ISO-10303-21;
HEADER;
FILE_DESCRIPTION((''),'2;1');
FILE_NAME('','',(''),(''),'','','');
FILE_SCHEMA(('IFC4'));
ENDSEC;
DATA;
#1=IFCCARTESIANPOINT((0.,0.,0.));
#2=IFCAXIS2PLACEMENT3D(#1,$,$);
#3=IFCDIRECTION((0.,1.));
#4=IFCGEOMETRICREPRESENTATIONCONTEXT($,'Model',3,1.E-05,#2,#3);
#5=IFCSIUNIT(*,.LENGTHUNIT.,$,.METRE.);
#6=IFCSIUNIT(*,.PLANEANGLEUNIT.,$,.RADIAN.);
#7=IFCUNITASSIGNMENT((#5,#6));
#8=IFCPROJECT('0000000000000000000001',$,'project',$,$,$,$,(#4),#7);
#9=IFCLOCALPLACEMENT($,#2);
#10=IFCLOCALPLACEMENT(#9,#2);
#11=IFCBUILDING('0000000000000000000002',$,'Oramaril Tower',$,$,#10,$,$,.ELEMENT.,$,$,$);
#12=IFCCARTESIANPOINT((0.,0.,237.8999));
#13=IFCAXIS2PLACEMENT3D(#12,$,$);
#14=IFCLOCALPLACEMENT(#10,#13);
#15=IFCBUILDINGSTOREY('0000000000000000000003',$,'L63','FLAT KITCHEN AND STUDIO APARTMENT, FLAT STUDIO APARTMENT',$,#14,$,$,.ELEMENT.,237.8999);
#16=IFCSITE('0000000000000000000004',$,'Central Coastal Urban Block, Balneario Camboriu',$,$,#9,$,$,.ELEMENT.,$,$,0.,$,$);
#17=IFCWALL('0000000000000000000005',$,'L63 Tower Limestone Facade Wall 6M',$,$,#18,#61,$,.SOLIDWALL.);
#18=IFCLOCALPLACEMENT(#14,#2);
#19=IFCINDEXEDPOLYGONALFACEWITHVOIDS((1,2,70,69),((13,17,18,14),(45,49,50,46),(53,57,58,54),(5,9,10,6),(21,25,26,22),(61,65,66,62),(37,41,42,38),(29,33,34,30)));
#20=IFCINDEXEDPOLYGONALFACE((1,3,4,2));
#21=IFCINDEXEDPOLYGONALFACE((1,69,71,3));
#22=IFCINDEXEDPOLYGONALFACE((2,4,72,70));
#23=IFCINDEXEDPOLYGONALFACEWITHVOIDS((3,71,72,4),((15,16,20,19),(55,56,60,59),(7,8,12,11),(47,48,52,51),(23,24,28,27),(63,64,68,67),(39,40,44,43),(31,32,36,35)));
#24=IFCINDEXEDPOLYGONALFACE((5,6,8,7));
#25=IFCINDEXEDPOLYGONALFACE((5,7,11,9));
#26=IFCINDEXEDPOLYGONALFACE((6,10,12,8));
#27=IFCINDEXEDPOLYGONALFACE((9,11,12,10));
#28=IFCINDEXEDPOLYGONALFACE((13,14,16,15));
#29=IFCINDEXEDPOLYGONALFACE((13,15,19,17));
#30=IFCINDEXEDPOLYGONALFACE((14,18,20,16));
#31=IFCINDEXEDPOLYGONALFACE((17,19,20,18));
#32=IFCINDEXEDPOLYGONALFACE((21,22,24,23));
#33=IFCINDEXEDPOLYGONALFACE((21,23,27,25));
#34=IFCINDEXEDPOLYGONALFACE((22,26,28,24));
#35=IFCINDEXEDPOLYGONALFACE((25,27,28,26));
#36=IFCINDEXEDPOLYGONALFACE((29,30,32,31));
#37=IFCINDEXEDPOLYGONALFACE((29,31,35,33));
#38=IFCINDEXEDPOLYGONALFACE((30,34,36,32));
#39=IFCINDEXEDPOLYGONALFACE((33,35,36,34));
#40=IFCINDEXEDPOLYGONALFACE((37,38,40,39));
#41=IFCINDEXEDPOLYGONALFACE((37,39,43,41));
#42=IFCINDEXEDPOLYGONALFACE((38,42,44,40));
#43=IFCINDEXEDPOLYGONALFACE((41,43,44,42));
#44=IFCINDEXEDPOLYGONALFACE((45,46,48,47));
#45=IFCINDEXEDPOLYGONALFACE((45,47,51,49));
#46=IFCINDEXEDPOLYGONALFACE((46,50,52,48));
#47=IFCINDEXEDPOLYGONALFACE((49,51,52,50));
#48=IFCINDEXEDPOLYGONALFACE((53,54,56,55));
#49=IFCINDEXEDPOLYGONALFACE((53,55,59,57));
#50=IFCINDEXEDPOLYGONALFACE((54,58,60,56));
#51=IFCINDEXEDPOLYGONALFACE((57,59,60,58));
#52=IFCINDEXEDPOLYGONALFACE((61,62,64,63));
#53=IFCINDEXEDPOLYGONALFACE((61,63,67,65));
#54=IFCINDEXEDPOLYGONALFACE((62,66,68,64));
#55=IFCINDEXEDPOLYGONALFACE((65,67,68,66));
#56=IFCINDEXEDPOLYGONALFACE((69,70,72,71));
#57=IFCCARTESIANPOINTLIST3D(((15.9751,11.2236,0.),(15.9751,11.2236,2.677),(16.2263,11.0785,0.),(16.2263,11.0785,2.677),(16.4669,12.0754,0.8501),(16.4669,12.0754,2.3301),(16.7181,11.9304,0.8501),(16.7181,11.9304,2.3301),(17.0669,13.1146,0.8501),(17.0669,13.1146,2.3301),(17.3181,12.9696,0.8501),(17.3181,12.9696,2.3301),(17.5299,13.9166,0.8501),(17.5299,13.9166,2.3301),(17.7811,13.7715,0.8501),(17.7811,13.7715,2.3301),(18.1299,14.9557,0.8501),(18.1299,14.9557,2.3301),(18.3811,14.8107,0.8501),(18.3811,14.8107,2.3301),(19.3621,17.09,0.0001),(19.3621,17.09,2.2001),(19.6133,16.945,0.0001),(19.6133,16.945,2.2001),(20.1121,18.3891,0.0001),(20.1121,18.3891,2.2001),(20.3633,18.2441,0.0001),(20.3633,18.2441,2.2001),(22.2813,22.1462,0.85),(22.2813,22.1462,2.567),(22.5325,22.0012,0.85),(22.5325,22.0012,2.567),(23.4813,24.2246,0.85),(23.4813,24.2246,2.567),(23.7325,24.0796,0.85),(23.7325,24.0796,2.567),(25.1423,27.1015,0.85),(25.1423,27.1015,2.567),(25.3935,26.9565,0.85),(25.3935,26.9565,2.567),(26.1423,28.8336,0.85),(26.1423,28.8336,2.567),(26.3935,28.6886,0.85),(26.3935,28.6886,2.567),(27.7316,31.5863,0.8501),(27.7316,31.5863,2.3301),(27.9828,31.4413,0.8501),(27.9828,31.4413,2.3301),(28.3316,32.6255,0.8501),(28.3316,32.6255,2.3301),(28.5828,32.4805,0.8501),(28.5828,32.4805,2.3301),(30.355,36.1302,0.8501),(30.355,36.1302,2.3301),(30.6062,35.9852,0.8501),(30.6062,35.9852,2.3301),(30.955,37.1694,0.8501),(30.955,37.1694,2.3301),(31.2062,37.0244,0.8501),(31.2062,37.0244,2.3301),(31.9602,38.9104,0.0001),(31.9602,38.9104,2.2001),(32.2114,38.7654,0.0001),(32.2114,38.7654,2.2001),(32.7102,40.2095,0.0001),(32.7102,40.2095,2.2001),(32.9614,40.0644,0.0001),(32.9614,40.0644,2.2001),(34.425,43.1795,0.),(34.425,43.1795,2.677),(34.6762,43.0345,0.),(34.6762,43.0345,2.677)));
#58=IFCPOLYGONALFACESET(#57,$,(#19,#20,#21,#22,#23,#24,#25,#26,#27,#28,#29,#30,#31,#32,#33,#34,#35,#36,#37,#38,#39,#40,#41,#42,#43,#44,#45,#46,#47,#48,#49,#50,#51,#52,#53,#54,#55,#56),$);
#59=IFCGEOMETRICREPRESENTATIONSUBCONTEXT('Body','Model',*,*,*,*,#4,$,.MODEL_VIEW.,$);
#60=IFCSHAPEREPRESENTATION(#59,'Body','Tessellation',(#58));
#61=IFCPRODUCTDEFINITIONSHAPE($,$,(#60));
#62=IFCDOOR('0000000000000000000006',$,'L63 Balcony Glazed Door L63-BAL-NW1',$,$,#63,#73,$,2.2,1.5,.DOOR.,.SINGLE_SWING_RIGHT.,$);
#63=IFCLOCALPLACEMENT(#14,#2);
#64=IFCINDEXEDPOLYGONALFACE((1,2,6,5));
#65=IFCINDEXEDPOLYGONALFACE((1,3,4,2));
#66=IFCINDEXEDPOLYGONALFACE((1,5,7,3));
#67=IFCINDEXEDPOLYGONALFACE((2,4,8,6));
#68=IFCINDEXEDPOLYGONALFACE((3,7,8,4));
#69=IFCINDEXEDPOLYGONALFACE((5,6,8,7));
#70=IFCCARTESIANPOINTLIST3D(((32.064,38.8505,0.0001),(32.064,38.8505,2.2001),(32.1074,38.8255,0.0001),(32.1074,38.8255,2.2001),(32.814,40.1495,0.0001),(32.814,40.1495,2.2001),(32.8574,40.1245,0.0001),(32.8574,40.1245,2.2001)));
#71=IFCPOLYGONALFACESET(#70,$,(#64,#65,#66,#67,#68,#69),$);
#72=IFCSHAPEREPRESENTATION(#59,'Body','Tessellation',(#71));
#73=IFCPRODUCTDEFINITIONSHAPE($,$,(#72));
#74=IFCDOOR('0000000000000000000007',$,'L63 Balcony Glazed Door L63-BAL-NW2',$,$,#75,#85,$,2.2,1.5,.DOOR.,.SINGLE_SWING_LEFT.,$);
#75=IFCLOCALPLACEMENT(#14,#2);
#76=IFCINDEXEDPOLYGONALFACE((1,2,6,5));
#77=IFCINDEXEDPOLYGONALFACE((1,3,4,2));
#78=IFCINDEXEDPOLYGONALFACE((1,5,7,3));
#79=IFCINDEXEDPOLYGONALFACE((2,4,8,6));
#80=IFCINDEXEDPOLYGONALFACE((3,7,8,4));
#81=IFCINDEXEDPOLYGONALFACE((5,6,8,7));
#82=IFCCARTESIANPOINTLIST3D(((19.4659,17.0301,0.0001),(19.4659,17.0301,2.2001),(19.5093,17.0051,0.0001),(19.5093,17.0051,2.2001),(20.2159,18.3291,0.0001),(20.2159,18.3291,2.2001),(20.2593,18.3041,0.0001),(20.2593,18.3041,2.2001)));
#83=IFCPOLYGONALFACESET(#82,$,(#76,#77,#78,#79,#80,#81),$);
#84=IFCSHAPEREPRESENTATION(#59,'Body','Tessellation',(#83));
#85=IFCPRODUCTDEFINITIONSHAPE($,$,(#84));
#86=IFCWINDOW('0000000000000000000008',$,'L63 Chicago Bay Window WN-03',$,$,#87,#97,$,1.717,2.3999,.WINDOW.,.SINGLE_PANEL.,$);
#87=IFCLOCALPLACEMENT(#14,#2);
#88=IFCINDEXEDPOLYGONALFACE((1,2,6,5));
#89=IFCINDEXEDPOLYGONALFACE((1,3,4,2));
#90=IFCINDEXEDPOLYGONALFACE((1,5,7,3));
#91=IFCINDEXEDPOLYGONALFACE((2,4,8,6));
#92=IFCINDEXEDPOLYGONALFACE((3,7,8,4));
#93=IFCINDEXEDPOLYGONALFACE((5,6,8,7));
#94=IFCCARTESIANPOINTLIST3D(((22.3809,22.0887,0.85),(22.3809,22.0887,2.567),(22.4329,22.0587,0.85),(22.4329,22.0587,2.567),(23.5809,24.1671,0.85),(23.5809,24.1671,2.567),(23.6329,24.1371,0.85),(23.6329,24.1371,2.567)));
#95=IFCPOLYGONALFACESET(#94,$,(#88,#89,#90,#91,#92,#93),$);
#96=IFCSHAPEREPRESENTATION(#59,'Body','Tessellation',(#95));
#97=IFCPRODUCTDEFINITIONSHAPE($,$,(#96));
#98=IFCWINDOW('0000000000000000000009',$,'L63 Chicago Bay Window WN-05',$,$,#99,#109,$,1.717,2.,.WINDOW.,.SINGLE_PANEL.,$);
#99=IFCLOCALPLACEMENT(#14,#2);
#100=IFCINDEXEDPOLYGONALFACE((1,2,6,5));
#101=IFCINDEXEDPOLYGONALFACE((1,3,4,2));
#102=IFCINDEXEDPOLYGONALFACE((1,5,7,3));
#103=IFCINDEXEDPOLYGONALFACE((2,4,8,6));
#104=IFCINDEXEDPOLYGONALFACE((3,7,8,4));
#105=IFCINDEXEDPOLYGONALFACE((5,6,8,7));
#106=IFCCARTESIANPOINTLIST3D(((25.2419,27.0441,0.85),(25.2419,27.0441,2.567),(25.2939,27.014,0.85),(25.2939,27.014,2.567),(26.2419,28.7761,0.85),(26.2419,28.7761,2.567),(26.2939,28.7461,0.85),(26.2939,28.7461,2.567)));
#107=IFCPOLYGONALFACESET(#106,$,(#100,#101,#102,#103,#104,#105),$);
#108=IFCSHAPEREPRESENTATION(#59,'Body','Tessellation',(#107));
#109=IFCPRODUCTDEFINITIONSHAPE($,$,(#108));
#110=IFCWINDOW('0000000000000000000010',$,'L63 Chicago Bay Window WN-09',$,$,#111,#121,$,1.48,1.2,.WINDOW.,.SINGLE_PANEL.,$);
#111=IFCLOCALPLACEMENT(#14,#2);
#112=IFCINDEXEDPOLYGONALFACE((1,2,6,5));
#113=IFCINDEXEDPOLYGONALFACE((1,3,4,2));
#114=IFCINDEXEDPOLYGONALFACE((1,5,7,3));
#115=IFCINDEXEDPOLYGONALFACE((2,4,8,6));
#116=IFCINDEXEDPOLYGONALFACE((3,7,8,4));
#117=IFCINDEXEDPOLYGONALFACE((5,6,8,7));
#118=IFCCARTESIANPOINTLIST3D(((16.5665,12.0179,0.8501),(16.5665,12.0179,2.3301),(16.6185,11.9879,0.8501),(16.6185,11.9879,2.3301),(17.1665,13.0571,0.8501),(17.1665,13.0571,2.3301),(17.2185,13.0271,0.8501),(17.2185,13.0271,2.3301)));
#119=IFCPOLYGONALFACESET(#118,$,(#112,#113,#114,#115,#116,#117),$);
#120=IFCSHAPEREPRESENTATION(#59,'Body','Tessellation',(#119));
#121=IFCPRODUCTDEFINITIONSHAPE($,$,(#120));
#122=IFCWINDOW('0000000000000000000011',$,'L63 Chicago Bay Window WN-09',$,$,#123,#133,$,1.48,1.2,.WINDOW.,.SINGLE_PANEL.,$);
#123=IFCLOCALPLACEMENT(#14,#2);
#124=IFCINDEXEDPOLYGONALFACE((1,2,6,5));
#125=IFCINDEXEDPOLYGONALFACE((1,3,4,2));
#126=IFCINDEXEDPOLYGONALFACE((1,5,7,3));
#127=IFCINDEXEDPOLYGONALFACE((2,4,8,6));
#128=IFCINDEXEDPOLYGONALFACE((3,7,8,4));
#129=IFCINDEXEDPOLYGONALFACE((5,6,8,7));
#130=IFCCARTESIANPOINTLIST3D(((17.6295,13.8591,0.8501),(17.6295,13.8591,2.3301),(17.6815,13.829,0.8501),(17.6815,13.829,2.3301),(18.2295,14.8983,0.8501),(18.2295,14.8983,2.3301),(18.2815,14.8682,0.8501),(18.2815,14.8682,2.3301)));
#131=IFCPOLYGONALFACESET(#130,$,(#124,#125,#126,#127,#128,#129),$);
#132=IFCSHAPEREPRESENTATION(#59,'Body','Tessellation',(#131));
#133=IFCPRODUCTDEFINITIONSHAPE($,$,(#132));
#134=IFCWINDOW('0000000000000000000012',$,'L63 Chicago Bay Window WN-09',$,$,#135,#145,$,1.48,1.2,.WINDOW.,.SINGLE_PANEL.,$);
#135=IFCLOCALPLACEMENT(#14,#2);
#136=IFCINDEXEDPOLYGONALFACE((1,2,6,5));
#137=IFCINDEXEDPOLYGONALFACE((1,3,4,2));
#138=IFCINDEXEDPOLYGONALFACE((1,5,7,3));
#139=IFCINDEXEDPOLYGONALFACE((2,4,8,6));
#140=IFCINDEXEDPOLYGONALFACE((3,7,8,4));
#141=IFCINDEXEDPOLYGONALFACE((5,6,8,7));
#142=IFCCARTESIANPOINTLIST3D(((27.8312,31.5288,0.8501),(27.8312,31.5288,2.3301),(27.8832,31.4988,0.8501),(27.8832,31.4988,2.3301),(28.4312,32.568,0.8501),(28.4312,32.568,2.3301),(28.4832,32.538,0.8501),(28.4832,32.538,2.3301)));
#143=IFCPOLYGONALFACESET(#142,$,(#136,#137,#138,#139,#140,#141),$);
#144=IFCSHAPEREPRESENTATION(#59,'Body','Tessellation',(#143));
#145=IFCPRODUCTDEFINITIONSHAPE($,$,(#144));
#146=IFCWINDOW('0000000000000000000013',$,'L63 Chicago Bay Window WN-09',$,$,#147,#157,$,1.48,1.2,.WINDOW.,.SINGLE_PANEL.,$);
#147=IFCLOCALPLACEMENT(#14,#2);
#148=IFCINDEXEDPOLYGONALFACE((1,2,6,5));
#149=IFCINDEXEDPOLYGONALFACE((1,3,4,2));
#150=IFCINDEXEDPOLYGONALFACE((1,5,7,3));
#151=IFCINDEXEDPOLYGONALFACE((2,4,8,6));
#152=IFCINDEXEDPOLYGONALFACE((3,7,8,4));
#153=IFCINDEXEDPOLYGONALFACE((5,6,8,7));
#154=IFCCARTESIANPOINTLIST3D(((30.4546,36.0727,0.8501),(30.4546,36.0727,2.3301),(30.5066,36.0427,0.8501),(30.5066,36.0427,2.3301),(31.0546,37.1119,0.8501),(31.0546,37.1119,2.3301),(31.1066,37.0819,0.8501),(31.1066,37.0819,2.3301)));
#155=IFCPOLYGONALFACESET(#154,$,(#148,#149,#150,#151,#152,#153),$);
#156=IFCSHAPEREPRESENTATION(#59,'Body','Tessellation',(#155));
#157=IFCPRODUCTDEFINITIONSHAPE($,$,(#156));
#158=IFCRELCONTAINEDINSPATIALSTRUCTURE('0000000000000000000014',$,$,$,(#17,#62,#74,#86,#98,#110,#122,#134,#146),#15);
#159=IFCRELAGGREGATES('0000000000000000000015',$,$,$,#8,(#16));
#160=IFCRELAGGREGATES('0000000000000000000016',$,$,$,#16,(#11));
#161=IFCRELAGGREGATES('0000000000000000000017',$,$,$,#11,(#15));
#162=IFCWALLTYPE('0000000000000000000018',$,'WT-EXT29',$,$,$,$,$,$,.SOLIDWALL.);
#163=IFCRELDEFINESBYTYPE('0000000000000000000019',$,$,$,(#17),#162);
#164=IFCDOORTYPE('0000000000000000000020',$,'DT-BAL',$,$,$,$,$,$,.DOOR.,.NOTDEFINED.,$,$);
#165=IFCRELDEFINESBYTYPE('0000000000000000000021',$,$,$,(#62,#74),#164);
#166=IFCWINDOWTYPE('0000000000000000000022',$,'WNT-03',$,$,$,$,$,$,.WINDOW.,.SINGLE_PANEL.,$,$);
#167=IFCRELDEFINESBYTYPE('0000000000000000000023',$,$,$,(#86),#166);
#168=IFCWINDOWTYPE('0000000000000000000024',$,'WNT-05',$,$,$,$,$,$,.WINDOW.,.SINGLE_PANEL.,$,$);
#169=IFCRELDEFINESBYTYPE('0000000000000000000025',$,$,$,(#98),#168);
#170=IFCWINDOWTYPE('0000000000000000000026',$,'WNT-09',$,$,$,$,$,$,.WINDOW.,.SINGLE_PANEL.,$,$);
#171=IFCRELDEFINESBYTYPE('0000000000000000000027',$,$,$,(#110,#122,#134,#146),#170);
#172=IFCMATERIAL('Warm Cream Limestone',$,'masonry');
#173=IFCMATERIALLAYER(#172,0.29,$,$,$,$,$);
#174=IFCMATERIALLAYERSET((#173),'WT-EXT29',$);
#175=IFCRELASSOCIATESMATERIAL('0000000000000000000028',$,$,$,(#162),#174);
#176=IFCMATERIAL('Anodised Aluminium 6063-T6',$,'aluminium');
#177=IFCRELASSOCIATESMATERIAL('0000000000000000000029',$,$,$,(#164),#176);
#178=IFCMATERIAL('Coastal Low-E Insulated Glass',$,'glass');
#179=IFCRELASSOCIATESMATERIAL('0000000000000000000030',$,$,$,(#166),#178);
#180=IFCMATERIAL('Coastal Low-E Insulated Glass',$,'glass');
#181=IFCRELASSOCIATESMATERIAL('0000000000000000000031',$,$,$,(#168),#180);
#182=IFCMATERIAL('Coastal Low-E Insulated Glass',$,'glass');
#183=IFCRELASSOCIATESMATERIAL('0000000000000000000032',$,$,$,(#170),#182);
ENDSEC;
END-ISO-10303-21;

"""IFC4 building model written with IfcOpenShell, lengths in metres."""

from ifc_helpers import new_model, si_unit, direction, frame, frame_2d, origin, place, context, subcontext, project, spatial, rectangle, extrude, material, layer, layer_set, type_object, element, fill, save


model = new_model("IFC4")

# Units and contexts
model_context = context("Model", 3, precision=1e-05, world=origin(), true_north=direction((0.0, 1.0)))
body_context = subcontext(model_context, "Body", "Model", "MODEL_VIEW")
ifc_project = project(units=[si_unit("LENGTHUNIT", "METRE"), si_unit("PLANEANGLEUNIT", "RADIAN")], contexts=[model_context])

# Site, building, storey
site_placement = place(None, origin())
site = spatial("IfcSite", under=ifc_project, at=site_placement, Name="Central Coastal Urban Block, Balneario Camboriu", CompositionType="ELEMENT", RefElevation=0.0)
building_placement = place(site_placement, origin())
building = spatial("IfcBuilding", under=site, at=building_placement, Name="Oramaril Tower", CompositionType="ELEMENT")
storey_placement = place(building_placement, frame((0.0, 0.0, 237.8999)))
storey = spatial("IfcBuildingStorey", under=building, at=storey_placement, Name="L63", Description="FLAT KITCHEN AND STUDIO APARTMENT, FLAT STUDIO APARTMENT", CompositionType="ELEMENT", Elevation=237.8999)

# Shared definitions
ifc_material_1 = material(Name="Warm Cream Limestone", Category="masonry")
ifc_layer_1 = layer(ifc_material_1, 0.29)
ifc_layer_set_1 = layer_set([ifc_layer_1], Name="WT-EXT29")
wall_type = type_object("IfcWallType", Name="WT-EXT29", PredefinedType="SOLIDWALL", material=ifc_layer_set_1)

# Wall, openings, doors, windows
wall_1_placement = place(storey_placement, frame((34.5505, 43.1069, 0.0), z_axis=(0.0, 0.0, 1.0), x_axis=(-0.500002, -0.866024, 0.0)))
wall_1 = element("IfcWall", 1, at=wall_1_placement, inside=storey, type_object=wall_type, Name="L63 Tower Limestone Facade Wall 6M", PredefinedType="SOLIDWALL", context=body_context, shape_type="SweptSolid", body=[
    extrude(rectangle(XDim=36.8997, YDim=0.29, at=frame_2d((18.4497, 0.0))), origin(), (0.0, 0.0, 1.0), 2.677),
])
opening_1_placement = place(wall_1_placement, frame((3.4294, 0.0, 0.0)))
opening_1 = element("IfcOpeningElement", 2, at=opening_1_placement, cuts=wall_1, PredefinedType="OPENING", context=body_context, shape_type="SweptSolid", body=[
    extrude(rectangle(XDim=1.5, YDim=2.2, at=frame_2d((0.75, 1.1001))), frame((0.0, 0.145, 0.0), z_axis=(0.0, -1.0, 0.0), x_axis=(1.0, 0.0, 0.0)), (0.0, 0.0, 1.0), 0.29),
])
opening_2_placement = place(wall_1_placement, frame((28.6255, 0.0, 0.0)))
opening_2 = element("IfcOpeningElement", 3, at=opening_2_placement, cuts=wall_1, PredefinedType="OPENING", context=body_context, shape_type="SweptSolid", body=[
    extrude(rectangle(XDim=1.5, YDim=2.2, at=frame_2d((0.75, 1.1001))), frame((0.0, 0.145, 0.0), z_axis=(0.0, -1.0, 0.0), x_axis=(1.0, 0.0, 0.0)), (0.0, 0.0, 1.0), 0.29),
])
opening_3_placement = place(wall_1_placement, frame((21.8872, 0.0, 0.8501)))
opening_3 = element("IfcOpeningElement", 4, at=opening_3_placement, cuts=wall_1, PredefinedType="OPENING", context=body_context, shape_type="SweptSolid", body=[
    extrude(rectangle(XDim=2.3999, YDim=1.717, at=frame_2d((1.2, 0.8584))), frame((0.0, 0.145, 0.0), z_axis=(0.0, -1.0, 0.0), x_axis=(1.0, 0.0, 0.0)), (0.0, 0.0, 1.0), 0.29),
])
opening_4_placement = place(wall_1_placement, frame((34.7158, 0.0, 0.8501)))
opening_4 = element("IfcOpeningElement", 5, at=opening_4_placement, cuts=wall_1, PredefinedType="OPENING", context=body_context, shape_type="SweptSolid", body=[
    extrude(rectangle(XDim=1.2, YDim=1.48, at=frame_2d((0.6001, 0.74))), frame((0.0, 0.145, 0.0), z_axis=(0.0, -1.0, 0.0), x_axis=(1.0, 0.0, 0.0)), (0.0, 0.0, 1.0), 0.29),
])
opening_5_placement = place(wall_1_placement, frame((32.5898, 0.0, 0.8501)))
opening_5 = element("IfcOpeningElement", 6, at=opening_5_placement, cuts=wall_1, PredefinedType="OPENING", context=body_context, shape_type="SweptSolid", body=[
    extrude(rectangle(XDim=1.2, YDim=1.48, at=frame_2d((0.6001, 0.74))), frame((0.0, 0.145, 0.0), z_axis=(0.0, -1.0, 0.0), x_axis=(1.0, 0.0, 0.0)), (0.0, 0.0, 1.0), 0.29),
])
opening_6_placement = place(wall_1_placement, frame((12.1865, 0.0, 0.8501)))
opening_6 = element("IfcOpeningElement", 7, at=opening_6_placement, cuts=wall_1, PredefinedType="OPENING", context=body_context, shape_type="SweptSolid", body=[
    extrude(rectangle(XDim=1.2, YDim=1.48, at=frame_2d((0.6001, 0.74))), frame((0.0, 0.145, 0.0), z_axis=(0.0, -1.0, 0.0), x_axis=(1.0, 0.0, 0.0)), (0.0, 0.0, 1.0), 0.29),
])
opening_7_placement = place(wall_1_placement, frame((16.5652, 0.0, 0.8501)))
opening_7 = element("IfcOpeningElement", 8, at=opening_7_placement, cuts=wall_1, PredefinedType="OPENING", context=body_context, shape_type="SweptSolid", body=[
    extrude(rectangle(XDim=2.0, YDim=1.717, at=frame_2d((1.0, 0.8584))), frame((0.0, 0.145, 0.0), z_axis=(0.0, -1.0, 0.0), x_axis=(1.0, 0.0, 0.0)), (0.0, 0.0, 1.0), 0.29),
])
opening_8_placement = place(wall_1_placement, frame((6.9397, 0.0, 0.8501)))
opening_8 = element("IfcOpeningElement", 9, at=opening_8_placement, cuts=wall_1, PredefinedType="OPENING", context=body_context, shape_type="SweptSolid", body=[
    extrude(rectangle(XDim=1.2, YDim=1.48, at=frame_2d((0.6001, 0.74))), frame((0.0, 0.145, 0.0), z_axis=(0.0, -1.0, 0.0), x_axis=(1.0, 0.0, 0.0)), (0.0, 0.0, 1.0), 0.29),
])
ifc_material_2 = material(Name="Anodised Aluminium 6063-T6", Category="aluminium")
door_type = type_object("IfcDoorType", Name="DT-BAL", OperationType="NOTDEFINED", PredefinedType="DOOR", material=ifc_material_2)
door_1_placement = place(opening_1_placement, origin())
door_1 = element("IfcDoor", 10, at=door_1_placement, inside=storey, type_object=door_type, Name="L63 Balcony Glazed Door L63-BAL-NW1", OperationType="SINGLE_SWING_RIGHT", OverallHeight=2.2, OverallWidth=1.5, PredefinedType="DOOR", context=body_context, shape_type="SweptSolid", body=[
    extrude(rectangle(XDim=1.5, YDim=2.2, at=frame_2d((0.75, 1.1001))), frame((0.0, 0.0249, 0.0), z_axis=(0.0, -1.0, 0.0), x_axis=(1.0, 0.0, 0.0)), (0.0, 0.0, 1.0), 0.05),
])
fill(opening_1, door_1)
door_2_placement = place(opening_2_placement, origin())
door_2 = element("IfcDoor", 11, at=door_2_placement, inside=storey, type_object=door_type, Name="L63 Balcony Glazed Door L63-BAL-NW2", OperationType="SINGLE_SWING_LEFT", OverallHeight=2.2, OverallWidth=1.5, PredefinedType="DOOR", context=body_context, shape_type="SweptSolid", body=[
    extrude(rectangle(XDim=1.5, YDim=2.2, at=frame_2d((0.75, 1.1001))), frame((0.0, 0.0249, 0.0), z_axis=(0.0, -1.0, 0.0), x_axis=(1.0, 0.0, 0.0)), (0.0, 0.0, 1.0), 0.05),
])
fill(opening_2, door_2)
ifc_material_3 = material(Name="Coastal Low-E Insulated Glass", Category="glass")
window_type_1 = type_object("IfcWindowType", Name="WNT-03", PartitioningType="SINGLE_PANEL", PredefinedType="WINDOW", material=ifc_material_3)
window_1_placement = place(opening_3_placement, origin())
window_1 = element("IfcWindow", 12, at=window_1_placement, inside=storey, type_object=window_type_1, Name="L63 Chicago Bay Window WN-03", OverallHeight=1.717, OverallWidth=2.3999, PartitioningType="SINGLE_PANEL", PredefinedType="WINDOW", context=body_context, shape_type="SweptSolid", body=[
    extrude(rectangle(XDim=2.3999, YDim=1.717, at=frame_2d((1.2, 0.8584))), frame((0.0, 0.03, 0.0), z_axis=(0.0, -1.0, 0.0), x_axis=(1.0, 0.0, 0.0)), (0.0, 0.0, 1.0), 0.0601),
])
fill(opening_3, window_1)
ifc_material_4 = material(Name="Coastal Low-E Insulated Glass", Category="glass")
window_type_2 = type_object("IfcWindowType", Name="WNT-05", PartitioningType="SINGLE_PANEL", PredefinedType="WINDOW", material=ifc_material_4)
window_2_placement = place(opening_7_placement, origin())
window_2 = element("IfcWindow", 13, at=window_2_placement, inside=storey, type_object=window_type_2, Name="L63 Chicago Bay Window WN-05", OverallHeight=1.717, OverallWidth=2.0, PartitioningType="SINGLE_PANEL", PredefinedType="WINDOW", context=body_context, shape_type="SweptSolid", body=[
    extrude(rectangle(XDim=2.0, YDim=1.717, at=frame_2d((1.0, 0.8584))), frame((0.0, 0.03, 0.0), z_axis=(0.0, -1.0, 0.0), x_axis=(1.0, 0.0, 0.0)), (0.0, 0.0, 1.0), 0.0601),
])
fill(opening_7, window_2)
ifc_material_5 = material(Name="Coastal Low-E Insulated Glass", Category="glass")
window_type_3 = type_object("IfcWindowType", Name="WNT-09", PartitioningType="SINGLE_PANEL", PredefinedType="WINDOW", material=ifc_material_5)
window_3_placement = place(opening_4_placement, origin())
window_3 = element("IfcWindow", 14, at=window_3_placement, inside=storey, type_object=window_type_3, Name="L63 Chicago Bay Window WN-09", OverallHeight=1.48, OverallWidth=1.2, PartitioningType="SINGLE_PANEL", PredefinedType="WINDOW", context=body_context, shape_type="SweptSolid", body=[
    extrude(rectangle(XDim=1.2, YDim=1.48, at=frame_2d((0.6001, 0.74))), frame((0.0, 0.03, 0.0), z_axis=(0.0, -1.0, 0.0), x_axis=(1.0, 0.0, 0.0)), (0.0, 0.0, 1.0), 0.0601),
])
fill(opening_4, window_3)
window_4_placement = place(opening_5_placement, origin())
window_4 = element("IfcWindow", 15, at=window_4_placement, inside=storey, type_object=window_type_3, Name="L63 Chicago Bay Window WN-09", OverallHeight=1.48, OverallWidth=1.2, PartitioningType="SINGLE_PANEL", PredefinedType="WINDOW", context=body_context, shape_type="SweptSolid", body=[
    extrude(rectangle(XDim=1.2, YDim=1.48, at=frame_2d((0.6001, 0.74))), frame((0.0, 0.03, 0.0), z_axis=(0.0, -1.0, 0.0), x_axis=(1.0, 0.0, 0.0)), (0.0, 0.0, 1.0), 0.0601),
])
fill(opening_5, window_4)
window_5_placement = place(opening_6_placement, origin())
window_5 = element("IfcWindow", 16, at=window_5_placement, inside=storey, type_object=window_type_3, Name="L63 Chicago Bay Window WN-09", OverallHeight=1.48, OverallWidth=1.2, PartitioningType="SINGLE_PANEL", PredefinedType="WINDOW", context=body_context, shape_type="SweptSolid", body=[
    extrude(rectangle(XDim=1.2, YDim=1.48, at=frame_2d((0.6001, 0.74))), frame((0.0, 0.03, 0.0), z_axis=(0.0, -1.0, 0.0), x_axis=(1.0, 0.0, 0.0)), (0.0, 0.0, 1.0), 0.0601),
])
fill(opening_6, window_5)
window_6_placement = place(opening_8_placement, origin())
window_6 = element("IfcWindow", 17, at=window_6_placement, inside=storey, type_object=window_type_3, Name="L63 Chicago Bay Window WN-09", OverallHeight=1.48, OverallWidth=1.2, PartitioningType="SINGLE_PANEL", PredefinedType="WINDOW", context=body_context, shape_type="SweptSolid", body=[
    extrude(rectangle(XDim=1.2, YDim=1.48, at=frame_2d((0.6001, 0.74))), frame((0.0, 0.03, 0.0), z_axis=(0.0, -1.0, 0.0), x_axis=(1.0, 0.0, 0.0)), (0.0, 0.0, 1.0), 0.0601),
])
fill(opening_8, window_6)

save(model, "model.ifc")
